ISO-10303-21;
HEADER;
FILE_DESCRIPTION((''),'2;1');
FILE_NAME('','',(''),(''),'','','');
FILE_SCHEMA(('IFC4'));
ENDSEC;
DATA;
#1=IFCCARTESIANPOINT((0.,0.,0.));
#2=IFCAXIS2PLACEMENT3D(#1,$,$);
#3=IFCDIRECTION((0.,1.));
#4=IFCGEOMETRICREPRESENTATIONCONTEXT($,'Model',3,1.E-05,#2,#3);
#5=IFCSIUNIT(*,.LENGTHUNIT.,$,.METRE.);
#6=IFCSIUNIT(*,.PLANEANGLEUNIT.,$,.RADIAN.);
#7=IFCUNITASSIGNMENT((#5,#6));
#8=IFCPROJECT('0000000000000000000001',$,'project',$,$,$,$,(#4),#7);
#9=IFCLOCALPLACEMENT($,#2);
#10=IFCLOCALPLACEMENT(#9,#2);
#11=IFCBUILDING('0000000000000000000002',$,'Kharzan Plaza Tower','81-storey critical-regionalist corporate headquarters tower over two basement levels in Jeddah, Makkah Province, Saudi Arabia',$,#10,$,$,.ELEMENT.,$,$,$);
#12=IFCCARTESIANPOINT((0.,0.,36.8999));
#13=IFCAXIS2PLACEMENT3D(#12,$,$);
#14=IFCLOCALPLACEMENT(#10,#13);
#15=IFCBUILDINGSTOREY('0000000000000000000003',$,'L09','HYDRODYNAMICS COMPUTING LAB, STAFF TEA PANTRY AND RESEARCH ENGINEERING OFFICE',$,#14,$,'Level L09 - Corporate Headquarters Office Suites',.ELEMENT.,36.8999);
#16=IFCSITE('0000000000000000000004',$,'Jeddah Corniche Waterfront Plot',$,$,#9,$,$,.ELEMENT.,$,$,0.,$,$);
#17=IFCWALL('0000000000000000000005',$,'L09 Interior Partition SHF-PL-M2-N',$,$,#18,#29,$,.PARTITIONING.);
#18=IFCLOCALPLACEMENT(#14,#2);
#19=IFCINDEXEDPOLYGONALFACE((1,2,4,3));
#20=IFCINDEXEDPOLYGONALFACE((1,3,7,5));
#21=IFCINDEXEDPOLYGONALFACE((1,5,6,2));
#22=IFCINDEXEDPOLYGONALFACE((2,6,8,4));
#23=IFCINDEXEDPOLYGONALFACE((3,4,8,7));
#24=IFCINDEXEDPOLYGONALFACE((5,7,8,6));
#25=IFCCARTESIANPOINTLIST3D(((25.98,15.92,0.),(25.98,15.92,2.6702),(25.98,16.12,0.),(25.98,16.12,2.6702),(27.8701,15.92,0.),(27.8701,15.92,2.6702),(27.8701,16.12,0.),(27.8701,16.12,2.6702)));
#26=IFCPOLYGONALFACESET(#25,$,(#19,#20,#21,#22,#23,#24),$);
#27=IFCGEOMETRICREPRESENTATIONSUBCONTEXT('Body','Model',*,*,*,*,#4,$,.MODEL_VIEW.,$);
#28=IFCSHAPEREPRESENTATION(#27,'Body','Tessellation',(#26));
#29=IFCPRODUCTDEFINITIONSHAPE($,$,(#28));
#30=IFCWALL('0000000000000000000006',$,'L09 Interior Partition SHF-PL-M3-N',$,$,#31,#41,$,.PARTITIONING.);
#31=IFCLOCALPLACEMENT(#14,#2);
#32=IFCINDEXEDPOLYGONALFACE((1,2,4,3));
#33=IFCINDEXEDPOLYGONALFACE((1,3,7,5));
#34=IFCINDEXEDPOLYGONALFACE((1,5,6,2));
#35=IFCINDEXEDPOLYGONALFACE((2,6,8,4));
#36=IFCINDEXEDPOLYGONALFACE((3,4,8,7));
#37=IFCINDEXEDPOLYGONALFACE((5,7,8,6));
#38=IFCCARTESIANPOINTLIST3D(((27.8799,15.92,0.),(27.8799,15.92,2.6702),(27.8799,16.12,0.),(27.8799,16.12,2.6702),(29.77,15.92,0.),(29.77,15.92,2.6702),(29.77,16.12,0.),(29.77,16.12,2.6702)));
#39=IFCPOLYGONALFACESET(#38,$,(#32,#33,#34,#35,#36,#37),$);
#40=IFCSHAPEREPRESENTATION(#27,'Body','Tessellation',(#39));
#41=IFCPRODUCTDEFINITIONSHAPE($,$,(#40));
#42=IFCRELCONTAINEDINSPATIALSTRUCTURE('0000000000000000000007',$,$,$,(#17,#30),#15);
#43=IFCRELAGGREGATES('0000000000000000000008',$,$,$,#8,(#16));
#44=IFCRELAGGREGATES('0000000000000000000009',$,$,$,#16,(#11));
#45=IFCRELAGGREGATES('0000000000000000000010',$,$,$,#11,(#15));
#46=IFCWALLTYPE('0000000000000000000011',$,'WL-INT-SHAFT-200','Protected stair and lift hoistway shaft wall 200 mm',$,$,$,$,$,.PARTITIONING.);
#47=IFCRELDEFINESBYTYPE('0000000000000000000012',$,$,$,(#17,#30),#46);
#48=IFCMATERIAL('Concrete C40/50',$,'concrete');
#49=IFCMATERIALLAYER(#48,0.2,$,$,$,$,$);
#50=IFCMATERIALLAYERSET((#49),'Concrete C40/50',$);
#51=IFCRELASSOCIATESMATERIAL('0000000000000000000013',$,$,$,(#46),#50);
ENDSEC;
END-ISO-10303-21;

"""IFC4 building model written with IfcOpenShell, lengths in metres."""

from ifc_helpers import new_model, si_unit, direction, frame, frame_2d, origin, place, context, subcontext, project, spatial, rectangle, extrude, source, transform, mapped, material, layer, layer_set, type_object, element, save


model = new_model("IFC4")

# Units and contexts
model_context = context("Model", 3, precision=1e-05, world=origin(), true_north=direction((0.0, 1.0)))
body_context = subcontext(model_context, "Body", "Model", "MODEL_VIEW")
ifc_project = project(units=[si_unit("LENGTHUNIT", "METRE"), si_unit("PLANEANGLEUNIT", "RADIAN")], contexts=[model_context])

# Site, building, storey
site_placement = place(None, origin())
site = spatial("IfcSite", under=ifc_project, at=site_placement, Name="Jeddah Corniche Waterfront Plot", CompositionType="ELEMENT", RefElevation=0.0)
building_placement = place(site_placement, origin())
building = spatial("IfcBuilding", under=site, at=building_placement, Name="Kharzan Plaza Tower", Description="81-storey critical-regionalist corporate headquarters tower over two basement levels in Jeddah, Makkah Province, Saudi Arabia", CompositionType="ELEMENT")
storey_placement = place(building_placement, frame((0.0, 0.0, 36.8999)))
storey = spatial("IfcBuildingStorey", under=building, at=storey_placement, Name="L09", Description="HYDRODYNAMICS COMPUTING LAB, STAFF TEA PANTRY AND RESEARCH ENGINEERING OFFICE", LongName="Level L09 - Corporate Headquarters Office Suites", CompositionType="ELEMENT", Elevation=36.8999)

# Shared definitions
ifc_material_1 = material(Name="Concrete C40/50", Category="concrete")
ifc_layer_1 = layer(ifc_material_1, 0.2)
ifc_layer_set_1 = layer_set([ifc_layer_1], Name="Concrete C40/50")
wall_type_1 = type_object("IfcWallType", Name="WL-INT-SHAFT-200", Description="Protected stair and lift hoistway shaft wall 200 mm", PredefinedType="PARTITIONING", material=ifc_layer_set_1)

# Walls
shared_shape_1 = source(origin(), body_context, "Body", "SweptSolid", [
    extrude(rectangle(XDim=1.8901, YDim=0.2, at=frame_2d((0.9451, 0.0))), origin(), (0.0, 0.0, 1.0), 2.6702),
])
for number, where, z_axis, x_axis, name in (
    (1, (25.98, 16.02, 0.0), (0.0, 0.0, 1.0), (1.0, 0.0, 0.0), "L09 Interior Partition SHF-PL-M2-N"),
    (2, (27.8799, 16.02, 0.0), (0.0, 0.0, 1.0), (1.0, 0.0, 0.0), "L09 Interior Partition SHF-PL-M3-N"),
):
    element("IfcWall", number, at=place(storey_placement, frame(where, z_axis=z_axis, x_axis=x_axis)), inside=storey, type_object=wall_type_1, Name=name, PredefinedType="PARTITIONING", context=body_context, shape_type="MappedRepresentation", body=[
        mapped(shared_shape_1, transform((0.0, 0.0, 0.0), x_axis=(1.0, 0.0, 0.0), y_axis=(0.0, 1.0, 0.0), z_axis=(0.0, 0.0, 1.0))),
    ])

save(model, "model.ifc")
